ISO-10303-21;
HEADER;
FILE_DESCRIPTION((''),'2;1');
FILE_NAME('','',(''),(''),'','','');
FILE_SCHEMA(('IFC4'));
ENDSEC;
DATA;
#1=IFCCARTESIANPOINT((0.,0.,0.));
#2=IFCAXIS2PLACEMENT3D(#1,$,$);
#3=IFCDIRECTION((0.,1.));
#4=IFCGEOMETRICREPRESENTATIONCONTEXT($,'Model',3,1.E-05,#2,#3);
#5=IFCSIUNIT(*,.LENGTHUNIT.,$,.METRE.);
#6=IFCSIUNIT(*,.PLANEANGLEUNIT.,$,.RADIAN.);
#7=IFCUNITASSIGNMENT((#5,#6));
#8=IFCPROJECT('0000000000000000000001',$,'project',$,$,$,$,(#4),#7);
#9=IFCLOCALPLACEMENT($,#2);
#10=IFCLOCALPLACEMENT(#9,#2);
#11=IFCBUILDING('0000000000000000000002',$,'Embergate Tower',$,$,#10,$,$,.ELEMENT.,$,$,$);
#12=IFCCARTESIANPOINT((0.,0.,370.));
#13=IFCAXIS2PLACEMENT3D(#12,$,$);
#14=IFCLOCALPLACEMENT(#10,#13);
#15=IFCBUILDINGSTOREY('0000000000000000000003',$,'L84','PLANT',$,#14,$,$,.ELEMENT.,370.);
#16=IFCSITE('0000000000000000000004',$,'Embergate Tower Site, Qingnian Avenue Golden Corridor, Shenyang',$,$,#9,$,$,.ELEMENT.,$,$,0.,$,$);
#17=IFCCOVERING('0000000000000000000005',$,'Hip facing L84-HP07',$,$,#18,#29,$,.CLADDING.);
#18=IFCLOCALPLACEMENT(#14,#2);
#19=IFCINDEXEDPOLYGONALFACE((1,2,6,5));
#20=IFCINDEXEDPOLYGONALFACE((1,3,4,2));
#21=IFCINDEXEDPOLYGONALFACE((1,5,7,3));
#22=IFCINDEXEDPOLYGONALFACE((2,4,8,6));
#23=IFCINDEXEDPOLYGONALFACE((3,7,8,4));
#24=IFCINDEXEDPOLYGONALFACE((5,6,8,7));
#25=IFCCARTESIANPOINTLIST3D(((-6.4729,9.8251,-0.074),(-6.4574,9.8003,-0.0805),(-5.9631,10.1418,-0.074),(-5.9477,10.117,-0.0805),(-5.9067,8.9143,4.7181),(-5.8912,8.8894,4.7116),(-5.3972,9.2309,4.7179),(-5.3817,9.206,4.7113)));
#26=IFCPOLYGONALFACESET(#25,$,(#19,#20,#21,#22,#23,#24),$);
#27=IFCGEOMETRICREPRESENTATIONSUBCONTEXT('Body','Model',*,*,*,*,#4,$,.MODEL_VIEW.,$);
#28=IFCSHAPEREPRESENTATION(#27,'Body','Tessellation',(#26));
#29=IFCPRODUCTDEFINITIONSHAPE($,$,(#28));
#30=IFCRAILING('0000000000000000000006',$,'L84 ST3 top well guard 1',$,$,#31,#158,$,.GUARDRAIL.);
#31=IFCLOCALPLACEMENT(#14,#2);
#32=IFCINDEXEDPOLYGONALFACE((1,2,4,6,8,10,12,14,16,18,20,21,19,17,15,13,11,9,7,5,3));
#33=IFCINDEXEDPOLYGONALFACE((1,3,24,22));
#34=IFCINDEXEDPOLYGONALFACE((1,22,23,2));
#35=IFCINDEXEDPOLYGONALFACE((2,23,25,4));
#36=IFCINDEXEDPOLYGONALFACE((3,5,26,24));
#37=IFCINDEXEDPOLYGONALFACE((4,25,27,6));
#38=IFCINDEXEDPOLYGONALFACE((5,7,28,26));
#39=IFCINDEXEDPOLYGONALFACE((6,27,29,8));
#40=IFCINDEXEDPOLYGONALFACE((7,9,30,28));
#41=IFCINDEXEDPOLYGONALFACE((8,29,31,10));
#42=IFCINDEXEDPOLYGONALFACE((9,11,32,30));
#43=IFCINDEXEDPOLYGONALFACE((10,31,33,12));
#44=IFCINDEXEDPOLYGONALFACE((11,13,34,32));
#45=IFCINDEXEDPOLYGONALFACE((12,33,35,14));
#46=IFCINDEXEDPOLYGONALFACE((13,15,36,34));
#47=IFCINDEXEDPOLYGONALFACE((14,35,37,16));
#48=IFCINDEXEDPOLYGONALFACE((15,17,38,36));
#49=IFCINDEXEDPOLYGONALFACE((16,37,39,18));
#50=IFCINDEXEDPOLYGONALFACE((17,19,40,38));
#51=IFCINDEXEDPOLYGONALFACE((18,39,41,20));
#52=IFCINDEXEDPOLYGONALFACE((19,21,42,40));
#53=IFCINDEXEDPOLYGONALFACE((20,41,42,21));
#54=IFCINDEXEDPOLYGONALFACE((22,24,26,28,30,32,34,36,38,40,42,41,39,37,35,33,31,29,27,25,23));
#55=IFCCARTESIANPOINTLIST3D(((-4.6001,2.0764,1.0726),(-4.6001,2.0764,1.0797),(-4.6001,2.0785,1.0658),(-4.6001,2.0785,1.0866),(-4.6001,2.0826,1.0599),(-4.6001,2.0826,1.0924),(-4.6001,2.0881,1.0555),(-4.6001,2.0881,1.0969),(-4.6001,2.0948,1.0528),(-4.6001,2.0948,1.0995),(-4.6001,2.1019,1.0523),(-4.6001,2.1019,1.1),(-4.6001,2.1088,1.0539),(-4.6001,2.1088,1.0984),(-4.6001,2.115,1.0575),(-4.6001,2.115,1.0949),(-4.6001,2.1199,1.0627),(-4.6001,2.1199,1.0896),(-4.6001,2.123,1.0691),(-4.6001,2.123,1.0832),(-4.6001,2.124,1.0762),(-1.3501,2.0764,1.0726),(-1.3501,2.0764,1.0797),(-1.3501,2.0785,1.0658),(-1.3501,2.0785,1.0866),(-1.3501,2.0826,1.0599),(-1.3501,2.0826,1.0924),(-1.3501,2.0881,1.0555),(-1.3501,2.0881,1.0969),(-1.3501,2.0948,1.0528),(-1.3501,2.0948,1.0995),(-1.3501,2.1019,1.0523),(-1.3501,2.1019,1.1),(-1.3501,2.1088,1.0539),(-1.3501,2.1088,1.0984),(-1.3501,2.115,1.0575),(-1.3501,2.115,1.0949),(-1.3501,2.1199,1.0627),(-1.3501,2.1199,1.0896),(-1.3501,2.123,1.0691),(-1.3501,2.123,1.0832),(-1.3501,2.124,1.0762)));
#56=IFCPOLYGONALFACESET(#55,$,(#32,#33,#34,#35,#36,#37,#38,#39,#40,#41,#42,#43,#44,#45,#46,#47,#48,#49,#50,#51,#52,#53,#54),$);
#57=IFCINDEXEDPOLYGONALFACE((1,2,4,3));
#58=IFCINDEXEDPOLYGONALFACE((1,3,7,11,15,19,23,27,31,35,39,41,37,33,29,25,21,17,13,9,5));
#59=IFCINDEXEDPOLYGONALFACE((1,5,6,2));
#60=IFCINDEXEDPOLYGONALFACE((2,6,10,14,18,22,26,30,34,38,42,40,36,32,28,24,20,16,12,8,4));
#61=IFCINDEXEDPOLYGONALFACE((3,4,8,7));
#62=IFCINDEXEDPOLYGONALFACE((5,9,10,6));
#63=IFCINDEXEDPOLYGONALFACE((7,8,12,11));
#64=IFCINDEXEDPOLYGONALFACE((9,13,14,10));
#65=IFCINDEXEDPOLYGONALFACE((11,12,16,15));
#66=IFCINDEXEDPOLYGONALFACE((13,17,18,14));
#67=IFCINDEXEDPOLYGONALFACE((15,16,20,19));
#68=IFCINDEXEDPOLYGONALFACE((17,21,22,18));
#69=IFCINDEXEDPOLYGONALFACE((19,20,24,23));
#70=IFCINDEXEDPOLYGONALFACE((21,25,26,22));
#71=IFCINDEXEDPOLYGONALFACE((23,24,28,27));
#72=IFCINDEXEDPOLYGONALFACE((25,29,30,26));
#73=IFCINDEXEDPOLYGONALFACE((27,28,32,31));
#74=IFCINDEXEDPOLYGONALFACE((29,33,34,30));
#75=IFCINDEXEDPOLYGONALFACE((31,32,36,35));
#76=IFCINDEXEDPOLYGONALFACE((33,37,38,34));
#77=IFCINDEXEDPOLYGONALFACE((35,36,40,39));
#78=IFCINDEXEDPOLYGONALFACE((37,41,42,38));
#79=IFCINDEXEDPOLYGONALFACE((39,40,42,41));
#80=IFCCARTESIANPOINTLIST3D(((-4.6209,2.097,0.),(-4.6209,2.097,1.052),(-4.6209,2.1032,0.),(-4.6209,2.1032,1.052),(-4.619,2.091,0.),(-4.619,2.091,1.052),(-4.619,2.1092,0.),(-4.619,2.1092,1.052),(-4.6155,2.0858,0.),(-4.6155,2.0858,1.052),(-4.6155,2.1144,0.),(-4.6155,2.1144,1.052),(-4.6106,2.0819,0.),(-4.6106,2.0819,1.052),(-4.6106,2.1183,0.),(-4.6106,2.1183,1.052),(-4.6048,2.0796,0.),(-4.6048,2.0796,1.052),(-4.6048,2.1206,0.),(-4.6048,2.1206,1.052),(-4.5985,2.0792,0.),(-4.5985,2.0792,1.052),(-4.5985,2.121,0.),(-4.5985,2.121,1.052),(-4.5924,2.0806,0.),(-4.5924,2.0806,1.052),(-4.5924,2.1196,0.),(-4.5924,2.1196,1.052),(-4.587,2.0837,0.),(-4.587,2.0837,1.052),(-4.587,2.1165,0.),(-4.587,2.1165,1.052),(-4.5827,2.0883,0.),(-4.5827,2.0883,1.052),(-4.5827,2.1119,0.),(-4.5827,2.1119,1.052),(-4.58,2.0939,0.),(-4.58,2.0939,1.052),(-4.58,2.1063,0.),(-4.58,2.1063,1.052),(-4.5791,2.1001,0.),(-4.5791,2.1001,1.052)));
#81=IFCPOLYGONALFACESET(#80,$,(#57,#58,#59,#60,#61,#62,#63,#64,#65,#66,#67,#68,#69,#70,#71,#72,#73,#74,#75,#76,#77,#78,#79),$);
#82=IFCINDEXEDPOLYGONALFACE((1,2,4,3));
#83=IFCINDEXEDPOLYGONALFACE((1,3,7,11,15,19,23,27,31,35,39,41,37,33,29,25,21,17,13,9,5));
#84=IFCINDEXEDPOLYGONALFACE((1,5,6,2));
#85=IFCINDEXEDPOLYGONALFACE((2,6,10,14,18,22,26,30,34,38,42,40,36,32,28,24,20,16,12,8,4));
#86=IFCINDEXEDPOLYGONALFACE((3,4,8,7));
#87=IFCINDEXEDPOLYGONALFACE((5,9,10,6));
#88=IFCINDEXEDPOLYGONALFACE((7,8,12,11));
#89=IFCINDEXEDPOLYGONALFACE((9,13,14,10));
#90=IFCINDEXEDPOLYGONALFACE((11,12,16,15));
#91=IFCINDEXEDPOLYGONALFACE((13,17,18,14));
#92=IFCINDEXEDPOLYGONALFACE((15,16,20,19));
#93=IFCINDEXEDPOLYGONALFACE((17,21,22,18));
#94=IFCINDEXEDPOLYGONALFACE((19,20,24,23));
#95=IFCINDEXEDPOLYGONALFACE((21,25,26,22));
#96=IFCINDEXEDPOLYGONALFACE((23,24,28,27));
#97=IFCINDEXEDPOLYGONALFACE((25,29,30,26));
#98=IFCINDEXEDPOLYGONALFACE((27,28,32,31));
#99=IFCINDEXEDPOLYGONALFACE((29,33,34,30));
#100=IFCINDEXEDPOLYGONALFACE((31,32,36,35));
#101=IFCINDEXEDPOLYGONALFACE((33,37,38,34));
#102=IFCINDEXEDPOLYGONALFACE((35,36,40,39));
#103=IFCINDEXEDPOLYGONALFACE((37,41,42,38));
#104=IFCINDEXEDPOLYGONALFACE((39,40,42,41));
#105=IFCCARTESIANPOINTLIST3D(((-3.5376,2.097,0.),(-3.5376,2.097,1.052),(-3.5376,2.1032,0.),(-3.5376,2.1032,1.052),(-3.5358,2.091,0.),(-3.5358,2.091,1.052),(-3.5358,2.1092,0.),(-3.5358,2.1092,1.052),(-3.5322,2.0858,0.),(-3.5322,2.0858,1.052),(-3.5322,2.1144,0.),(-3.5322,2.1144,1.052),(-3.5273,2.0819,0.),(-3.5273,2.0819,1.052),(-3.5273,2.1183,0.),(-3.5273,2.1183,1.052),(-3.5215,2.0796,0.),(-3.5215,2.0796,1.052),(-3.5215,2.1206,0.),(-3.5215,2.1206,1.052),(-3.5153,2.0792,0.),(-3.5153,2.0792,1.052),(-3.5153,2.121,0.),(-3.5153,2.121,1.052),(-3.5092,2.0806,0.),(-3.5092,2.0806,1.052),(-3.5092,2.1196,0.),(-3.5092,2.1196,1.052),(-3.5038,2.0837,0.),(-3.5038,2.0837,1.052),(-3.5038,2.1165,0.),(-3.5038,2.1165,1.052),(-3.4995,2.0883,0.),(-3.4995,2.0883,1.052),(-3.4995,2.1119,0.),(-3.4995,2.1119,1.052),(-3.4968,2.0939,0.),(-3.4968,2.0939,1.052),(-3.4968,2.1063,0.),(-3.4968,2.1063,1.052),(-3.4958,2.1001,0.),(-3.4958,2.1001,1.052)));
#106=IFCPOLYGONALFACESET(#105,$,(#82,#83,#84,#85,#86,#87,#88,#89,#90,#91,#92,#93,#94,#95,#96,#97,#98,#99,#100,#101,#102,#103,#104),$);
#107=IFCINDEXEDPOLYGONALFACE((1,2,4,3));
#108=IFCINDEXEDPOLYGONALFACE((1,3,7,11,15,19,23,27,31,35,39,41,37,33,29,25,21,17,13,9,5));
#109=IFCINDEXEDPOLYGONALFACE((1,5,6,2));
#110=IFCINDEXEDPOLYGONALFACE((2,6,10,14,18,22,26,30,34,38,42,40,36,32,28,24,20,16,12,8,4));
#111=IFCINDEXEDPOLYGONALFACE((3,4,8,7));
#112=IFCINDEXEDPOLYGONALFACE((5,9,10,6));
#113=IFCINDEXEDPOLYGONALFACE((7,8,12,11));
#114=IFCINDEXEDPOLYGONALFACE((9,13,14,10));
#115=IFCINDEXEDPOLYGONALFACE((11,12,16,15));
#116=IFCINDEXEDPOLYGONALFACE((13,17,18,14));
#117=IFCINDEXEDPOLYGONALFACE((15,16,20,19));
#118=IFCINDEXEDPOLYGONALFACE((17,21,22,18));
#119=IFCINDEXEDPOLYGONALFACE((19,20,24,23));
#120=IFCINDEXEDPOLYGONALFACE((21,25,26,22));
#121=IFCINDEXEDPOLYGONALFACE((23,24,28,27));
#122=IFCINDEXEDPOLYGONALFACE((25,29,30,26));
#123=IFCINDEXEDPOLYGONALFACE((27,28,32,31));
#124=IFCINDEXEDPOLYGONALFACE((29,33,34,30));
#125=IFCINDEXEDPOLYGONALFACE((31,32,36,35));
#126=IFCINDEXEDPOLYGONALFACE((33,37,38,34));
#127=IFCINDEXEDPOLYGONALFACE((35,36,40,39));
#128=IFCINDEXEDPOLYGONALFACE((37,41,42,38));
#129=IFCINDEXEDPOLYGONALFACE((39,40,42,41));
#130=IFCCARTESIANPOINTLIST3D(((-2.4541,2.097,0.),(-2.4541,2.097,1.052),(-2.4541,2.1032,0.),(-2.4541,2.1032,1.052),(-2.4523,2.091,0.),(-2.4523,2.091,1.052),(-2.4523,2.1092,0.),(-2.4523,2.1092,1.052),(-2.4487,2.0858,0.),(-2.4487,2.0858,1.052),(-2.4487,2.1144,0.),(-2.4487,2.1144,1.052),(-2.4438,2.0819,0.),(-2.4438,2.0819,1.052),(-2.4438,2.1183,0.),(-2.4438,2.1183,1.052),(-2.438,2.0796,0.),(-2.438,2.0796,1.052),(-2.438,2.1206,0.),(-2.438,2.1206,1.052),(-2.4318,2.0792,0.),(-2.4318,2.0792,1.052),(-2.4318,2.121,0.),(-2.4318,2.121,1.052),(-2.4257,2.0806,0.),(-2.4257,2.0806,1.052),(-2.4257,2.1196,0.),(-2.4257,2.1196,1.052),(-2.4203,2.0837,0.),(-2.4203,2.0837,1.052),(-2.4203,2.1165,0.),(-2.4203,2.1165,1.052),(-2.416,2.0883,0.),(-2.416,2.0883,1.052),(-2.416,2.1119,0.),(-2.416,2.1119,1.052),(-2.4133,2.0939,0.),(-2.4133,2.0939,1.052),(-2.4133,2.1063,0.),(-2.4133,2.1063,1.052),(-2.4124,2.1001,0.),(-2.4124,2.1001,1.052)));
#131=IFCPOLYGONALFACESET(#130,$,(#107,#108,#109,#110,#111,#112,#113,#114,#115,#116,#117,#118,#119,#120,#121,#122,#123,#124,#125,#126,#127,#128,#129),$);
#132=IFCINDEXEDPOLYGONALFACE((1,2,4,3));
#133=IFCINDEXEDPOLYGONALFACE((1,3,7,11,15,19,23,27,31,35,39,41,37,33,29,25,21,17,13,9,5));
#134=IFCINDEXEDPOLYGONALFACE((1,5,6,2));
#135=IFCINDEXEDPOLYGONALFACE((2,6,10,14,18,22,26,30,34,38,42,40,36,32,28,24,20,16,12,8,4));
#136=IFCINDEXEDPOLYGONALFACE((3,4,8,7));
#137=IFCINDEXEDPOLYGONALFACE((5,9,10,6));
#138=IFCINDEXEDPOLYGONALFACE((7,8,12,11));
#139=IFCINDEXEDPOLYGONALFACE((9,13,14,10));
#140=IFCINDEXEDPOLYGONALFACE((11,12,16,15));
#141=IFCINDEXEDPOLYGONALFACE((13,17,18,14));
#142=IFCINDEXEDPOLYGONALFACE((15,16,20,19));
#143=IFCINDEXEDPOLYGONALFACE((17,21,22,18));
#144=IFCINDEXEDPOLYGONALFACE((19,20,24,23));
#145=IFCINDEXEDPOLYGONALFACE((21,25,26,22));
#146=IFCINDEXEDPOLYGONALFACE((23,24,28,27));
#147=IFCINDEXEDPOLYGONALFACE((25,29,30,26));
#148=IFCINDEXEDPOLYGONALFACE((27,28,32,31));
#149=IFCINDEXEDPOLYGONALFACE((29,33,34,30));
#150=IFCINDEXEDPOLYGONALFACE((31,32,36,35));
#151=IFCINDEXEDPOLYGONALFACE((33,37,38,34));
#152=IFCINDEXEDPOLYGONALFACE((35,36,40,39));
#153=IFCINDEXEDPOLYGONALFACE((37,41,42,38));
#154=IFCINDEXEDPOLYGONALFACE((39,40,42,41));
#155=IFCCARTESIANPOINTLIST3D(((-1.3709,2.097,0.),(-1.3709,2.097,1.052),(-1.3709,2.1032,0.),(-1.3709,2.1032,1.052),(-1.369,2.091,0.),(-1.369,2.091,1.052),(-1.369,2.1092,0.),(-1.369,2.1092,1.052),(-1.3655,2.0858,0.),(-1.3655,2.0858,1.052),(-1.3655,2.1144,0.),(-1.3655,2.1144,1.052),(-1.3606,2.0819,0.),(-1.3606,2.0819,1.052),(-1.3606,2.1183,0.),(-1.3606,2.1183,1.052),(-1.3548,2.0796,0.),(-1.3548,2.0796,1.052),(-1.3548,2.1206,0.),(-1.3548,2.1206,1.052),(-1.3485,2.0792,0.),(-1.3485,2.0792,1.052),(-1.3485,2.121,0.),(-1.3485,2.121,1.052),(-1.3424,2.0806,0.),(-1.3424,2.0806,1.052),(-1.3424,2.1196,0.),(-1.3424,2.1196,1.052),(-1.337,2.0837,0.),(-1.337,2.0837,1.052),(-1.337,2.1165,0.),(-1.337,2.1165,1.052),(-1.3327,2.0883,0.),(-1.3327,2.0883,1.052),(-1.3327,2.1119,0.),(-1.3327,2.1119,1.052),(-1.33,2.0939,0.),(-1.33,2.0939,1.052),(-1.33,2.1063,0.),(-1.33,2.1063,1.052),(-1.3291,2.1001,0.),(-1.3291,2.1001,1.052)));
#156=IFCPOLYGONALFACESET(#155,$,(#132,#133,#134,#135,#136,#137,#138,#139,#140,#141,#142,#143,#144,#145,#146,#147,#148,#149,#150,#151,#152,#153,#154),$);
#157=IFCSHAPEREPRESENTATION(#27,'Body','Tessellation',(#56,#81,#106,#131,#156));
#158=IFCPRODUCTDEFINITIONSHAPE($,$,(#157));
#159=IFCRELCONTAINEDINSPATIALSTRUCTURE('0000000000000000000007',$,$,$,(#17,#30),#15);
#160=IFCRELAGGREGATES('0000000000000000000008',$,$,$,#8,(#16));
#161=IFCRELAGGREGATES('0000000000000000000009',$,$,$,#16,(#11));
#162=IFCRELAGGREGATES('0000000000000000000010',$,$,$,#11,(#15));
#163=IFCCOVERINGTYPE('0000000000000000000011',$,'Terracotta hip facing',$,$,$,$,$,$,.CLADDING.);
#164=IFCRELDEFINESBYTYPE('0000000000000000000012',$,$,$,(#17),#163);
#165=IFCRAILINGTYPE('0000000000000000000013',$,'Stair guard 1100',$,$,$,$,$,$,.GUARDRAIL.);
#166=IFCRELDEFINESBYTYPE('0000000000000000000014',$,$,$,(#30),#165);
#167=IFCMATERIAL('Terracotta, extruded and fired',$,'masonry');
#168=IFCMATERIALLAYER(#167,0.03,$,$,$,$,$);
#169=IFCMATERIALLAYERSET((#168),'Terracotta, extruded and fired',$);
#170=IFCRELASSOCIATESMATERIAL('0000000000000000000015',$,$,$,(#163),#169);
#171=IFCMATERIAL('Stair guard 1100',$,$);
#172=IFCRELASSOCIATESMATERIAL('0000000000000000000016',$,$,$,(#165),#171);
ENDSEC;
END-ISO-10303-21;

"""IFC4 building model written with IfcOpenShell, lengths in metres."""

from ifc_helpers import new_model, si_unit, direction, frame, origin, origin_2d, place, context, subcontext, project, spatial, polyline, circle, outline, extrude, source, transform, mapped, material, layer, layer_set, type_object, element, save


model = new_model("IFC4")

# Units and contexts
model_context = context("Model", 3, precision=1e-05, world=origin(), true_north=direction((0.0, 1.0)))
body_context = subcontext(model_context, "Body", "Model", "MODEL_VIEW")
ifc_project = project(units=[si_unit("LENGTHUNIT", "METRE"), si_unit("PLANEANGLEUNIT", "RADIAN")], contexts=[model_context])

# Site, building, storey
site_placement = place(None, origin())
site = spatial("IfcSite", under=ifc_project, at=site_placement, Name="Embergate Tower Site, Qingnian Avenue Golden Corridor, Shenyang", CompositionType="ELEMENT", RefElevation=0.0)
building_placement = place(site_placement, origin())
building = spatial("IfcBuilding", under=site, at=building_placement, Name="Embergate Tower", CompositionType="ELEMENT")
storey_placement = place(building_placement, frame((0.0, 0.0, 370.0)))
storey = spatial("IfcBuildingStorey", under=building, at=storey_placement, Name="L84", Description="PLANT", CompositionType="ELEMENT", Elevation=370.0)

# Covering
ifc_material_1 = material(Name="Terracotta, extruded and fired", Category="masonry")
ifc_layer_1 = layer(ifc_material_1, 0.03)
ifc_layer_set_1 = layer_set([ifc_layer_1], Name="Terracotta, extruded and fired")
covering_type = type_object("IfcCoveringType", Name="Terracotta hip facing", PredefinedType="CLADDING", material=ifc_layer_set_1)
shared_shape_1 = source(origin(), body_context, "Body", "SweptSolid", [
    extrude(outline(polyline([(0.0, 0.0), (4.9104, 0.0), (4.9106, -0.5999), (0.0, -0.6001), (0.0, 0.0)])), origin(), (0.0, 0.0, -1.0), 0.03),
])
covering_1_placement = place(storey_placement, frame((-5.9631, 10.1418, -0.074), z_axis=(-0.515008, 0.828897, 0.218395), x_axis=(0.115253, -0.185508, 0.97586)))
element("IfcCovering", 1, at=covering_1_placement, inside=storey, type_object=covering_type, Name="Hip facing L84-HP07", PredefinedType="CLADDING", context=body_context, shape_type="MappedRepresentation", body=[
    mapped(shared_shape_1, transform((0.0, 0.0, 0.0))),
])

# Railing
ifc_material_2 = material(Name="Stair guard 1100")
railing_type = type_object("IfcRailingType", Name="Stair guard 1100", PredefinedType="GUARDRAIL", material=ifc_material_2)
shared_shape_2 = source(origin(), body_context, "Body", "SweptSolid", [
    extrude(circle(Radius=0.0239, at=origin_2d()), frame((0.0, 0.0, 1.0762), z_axis=(1.0, 0.0, 0.0), x_axis=(0.0, 1.0, 0.0)), (0.0, 0.0, 1.0), 3.25),
    extrude(circle(Radius=0.021, at=origin_2d()), origin(), (0.0, 0.0, 1.0), 1.052),
    extrude(circle(Radius=0.021, at=origin_2d()), frame((1.0833, 0.0, 0.0)), (0.0, 0.0, 1.0), 1.052),
    extrude(circle(Radius=0.021, at=origin_2d()), frame((2.1667, 0.0, 0.0)), (0.0, 0.0, 1.0), 1.052),
    extrude(circle(Radius=0.021, at=origin_2d()), frame((3.25, 0.0, 0.0)), (0.0, 0.0, 1.0), 1.052),
])
railing_placement = place(storey_placement, frame((-4.6001, 2.1001, 0.0)))
element("IfcRailing", 2, at=railing_placement, inside=storey, type_object=railing_type, Name="L84 ST3 top well guard 1", PredefinedType="GUARDRAIL", context=body_context, shape_type="MappedRepresentation", body=[
    mapped(shared_shape_2, transform((0.0, 0.0, 0.0))),
])

save(model, "model.ifc")
